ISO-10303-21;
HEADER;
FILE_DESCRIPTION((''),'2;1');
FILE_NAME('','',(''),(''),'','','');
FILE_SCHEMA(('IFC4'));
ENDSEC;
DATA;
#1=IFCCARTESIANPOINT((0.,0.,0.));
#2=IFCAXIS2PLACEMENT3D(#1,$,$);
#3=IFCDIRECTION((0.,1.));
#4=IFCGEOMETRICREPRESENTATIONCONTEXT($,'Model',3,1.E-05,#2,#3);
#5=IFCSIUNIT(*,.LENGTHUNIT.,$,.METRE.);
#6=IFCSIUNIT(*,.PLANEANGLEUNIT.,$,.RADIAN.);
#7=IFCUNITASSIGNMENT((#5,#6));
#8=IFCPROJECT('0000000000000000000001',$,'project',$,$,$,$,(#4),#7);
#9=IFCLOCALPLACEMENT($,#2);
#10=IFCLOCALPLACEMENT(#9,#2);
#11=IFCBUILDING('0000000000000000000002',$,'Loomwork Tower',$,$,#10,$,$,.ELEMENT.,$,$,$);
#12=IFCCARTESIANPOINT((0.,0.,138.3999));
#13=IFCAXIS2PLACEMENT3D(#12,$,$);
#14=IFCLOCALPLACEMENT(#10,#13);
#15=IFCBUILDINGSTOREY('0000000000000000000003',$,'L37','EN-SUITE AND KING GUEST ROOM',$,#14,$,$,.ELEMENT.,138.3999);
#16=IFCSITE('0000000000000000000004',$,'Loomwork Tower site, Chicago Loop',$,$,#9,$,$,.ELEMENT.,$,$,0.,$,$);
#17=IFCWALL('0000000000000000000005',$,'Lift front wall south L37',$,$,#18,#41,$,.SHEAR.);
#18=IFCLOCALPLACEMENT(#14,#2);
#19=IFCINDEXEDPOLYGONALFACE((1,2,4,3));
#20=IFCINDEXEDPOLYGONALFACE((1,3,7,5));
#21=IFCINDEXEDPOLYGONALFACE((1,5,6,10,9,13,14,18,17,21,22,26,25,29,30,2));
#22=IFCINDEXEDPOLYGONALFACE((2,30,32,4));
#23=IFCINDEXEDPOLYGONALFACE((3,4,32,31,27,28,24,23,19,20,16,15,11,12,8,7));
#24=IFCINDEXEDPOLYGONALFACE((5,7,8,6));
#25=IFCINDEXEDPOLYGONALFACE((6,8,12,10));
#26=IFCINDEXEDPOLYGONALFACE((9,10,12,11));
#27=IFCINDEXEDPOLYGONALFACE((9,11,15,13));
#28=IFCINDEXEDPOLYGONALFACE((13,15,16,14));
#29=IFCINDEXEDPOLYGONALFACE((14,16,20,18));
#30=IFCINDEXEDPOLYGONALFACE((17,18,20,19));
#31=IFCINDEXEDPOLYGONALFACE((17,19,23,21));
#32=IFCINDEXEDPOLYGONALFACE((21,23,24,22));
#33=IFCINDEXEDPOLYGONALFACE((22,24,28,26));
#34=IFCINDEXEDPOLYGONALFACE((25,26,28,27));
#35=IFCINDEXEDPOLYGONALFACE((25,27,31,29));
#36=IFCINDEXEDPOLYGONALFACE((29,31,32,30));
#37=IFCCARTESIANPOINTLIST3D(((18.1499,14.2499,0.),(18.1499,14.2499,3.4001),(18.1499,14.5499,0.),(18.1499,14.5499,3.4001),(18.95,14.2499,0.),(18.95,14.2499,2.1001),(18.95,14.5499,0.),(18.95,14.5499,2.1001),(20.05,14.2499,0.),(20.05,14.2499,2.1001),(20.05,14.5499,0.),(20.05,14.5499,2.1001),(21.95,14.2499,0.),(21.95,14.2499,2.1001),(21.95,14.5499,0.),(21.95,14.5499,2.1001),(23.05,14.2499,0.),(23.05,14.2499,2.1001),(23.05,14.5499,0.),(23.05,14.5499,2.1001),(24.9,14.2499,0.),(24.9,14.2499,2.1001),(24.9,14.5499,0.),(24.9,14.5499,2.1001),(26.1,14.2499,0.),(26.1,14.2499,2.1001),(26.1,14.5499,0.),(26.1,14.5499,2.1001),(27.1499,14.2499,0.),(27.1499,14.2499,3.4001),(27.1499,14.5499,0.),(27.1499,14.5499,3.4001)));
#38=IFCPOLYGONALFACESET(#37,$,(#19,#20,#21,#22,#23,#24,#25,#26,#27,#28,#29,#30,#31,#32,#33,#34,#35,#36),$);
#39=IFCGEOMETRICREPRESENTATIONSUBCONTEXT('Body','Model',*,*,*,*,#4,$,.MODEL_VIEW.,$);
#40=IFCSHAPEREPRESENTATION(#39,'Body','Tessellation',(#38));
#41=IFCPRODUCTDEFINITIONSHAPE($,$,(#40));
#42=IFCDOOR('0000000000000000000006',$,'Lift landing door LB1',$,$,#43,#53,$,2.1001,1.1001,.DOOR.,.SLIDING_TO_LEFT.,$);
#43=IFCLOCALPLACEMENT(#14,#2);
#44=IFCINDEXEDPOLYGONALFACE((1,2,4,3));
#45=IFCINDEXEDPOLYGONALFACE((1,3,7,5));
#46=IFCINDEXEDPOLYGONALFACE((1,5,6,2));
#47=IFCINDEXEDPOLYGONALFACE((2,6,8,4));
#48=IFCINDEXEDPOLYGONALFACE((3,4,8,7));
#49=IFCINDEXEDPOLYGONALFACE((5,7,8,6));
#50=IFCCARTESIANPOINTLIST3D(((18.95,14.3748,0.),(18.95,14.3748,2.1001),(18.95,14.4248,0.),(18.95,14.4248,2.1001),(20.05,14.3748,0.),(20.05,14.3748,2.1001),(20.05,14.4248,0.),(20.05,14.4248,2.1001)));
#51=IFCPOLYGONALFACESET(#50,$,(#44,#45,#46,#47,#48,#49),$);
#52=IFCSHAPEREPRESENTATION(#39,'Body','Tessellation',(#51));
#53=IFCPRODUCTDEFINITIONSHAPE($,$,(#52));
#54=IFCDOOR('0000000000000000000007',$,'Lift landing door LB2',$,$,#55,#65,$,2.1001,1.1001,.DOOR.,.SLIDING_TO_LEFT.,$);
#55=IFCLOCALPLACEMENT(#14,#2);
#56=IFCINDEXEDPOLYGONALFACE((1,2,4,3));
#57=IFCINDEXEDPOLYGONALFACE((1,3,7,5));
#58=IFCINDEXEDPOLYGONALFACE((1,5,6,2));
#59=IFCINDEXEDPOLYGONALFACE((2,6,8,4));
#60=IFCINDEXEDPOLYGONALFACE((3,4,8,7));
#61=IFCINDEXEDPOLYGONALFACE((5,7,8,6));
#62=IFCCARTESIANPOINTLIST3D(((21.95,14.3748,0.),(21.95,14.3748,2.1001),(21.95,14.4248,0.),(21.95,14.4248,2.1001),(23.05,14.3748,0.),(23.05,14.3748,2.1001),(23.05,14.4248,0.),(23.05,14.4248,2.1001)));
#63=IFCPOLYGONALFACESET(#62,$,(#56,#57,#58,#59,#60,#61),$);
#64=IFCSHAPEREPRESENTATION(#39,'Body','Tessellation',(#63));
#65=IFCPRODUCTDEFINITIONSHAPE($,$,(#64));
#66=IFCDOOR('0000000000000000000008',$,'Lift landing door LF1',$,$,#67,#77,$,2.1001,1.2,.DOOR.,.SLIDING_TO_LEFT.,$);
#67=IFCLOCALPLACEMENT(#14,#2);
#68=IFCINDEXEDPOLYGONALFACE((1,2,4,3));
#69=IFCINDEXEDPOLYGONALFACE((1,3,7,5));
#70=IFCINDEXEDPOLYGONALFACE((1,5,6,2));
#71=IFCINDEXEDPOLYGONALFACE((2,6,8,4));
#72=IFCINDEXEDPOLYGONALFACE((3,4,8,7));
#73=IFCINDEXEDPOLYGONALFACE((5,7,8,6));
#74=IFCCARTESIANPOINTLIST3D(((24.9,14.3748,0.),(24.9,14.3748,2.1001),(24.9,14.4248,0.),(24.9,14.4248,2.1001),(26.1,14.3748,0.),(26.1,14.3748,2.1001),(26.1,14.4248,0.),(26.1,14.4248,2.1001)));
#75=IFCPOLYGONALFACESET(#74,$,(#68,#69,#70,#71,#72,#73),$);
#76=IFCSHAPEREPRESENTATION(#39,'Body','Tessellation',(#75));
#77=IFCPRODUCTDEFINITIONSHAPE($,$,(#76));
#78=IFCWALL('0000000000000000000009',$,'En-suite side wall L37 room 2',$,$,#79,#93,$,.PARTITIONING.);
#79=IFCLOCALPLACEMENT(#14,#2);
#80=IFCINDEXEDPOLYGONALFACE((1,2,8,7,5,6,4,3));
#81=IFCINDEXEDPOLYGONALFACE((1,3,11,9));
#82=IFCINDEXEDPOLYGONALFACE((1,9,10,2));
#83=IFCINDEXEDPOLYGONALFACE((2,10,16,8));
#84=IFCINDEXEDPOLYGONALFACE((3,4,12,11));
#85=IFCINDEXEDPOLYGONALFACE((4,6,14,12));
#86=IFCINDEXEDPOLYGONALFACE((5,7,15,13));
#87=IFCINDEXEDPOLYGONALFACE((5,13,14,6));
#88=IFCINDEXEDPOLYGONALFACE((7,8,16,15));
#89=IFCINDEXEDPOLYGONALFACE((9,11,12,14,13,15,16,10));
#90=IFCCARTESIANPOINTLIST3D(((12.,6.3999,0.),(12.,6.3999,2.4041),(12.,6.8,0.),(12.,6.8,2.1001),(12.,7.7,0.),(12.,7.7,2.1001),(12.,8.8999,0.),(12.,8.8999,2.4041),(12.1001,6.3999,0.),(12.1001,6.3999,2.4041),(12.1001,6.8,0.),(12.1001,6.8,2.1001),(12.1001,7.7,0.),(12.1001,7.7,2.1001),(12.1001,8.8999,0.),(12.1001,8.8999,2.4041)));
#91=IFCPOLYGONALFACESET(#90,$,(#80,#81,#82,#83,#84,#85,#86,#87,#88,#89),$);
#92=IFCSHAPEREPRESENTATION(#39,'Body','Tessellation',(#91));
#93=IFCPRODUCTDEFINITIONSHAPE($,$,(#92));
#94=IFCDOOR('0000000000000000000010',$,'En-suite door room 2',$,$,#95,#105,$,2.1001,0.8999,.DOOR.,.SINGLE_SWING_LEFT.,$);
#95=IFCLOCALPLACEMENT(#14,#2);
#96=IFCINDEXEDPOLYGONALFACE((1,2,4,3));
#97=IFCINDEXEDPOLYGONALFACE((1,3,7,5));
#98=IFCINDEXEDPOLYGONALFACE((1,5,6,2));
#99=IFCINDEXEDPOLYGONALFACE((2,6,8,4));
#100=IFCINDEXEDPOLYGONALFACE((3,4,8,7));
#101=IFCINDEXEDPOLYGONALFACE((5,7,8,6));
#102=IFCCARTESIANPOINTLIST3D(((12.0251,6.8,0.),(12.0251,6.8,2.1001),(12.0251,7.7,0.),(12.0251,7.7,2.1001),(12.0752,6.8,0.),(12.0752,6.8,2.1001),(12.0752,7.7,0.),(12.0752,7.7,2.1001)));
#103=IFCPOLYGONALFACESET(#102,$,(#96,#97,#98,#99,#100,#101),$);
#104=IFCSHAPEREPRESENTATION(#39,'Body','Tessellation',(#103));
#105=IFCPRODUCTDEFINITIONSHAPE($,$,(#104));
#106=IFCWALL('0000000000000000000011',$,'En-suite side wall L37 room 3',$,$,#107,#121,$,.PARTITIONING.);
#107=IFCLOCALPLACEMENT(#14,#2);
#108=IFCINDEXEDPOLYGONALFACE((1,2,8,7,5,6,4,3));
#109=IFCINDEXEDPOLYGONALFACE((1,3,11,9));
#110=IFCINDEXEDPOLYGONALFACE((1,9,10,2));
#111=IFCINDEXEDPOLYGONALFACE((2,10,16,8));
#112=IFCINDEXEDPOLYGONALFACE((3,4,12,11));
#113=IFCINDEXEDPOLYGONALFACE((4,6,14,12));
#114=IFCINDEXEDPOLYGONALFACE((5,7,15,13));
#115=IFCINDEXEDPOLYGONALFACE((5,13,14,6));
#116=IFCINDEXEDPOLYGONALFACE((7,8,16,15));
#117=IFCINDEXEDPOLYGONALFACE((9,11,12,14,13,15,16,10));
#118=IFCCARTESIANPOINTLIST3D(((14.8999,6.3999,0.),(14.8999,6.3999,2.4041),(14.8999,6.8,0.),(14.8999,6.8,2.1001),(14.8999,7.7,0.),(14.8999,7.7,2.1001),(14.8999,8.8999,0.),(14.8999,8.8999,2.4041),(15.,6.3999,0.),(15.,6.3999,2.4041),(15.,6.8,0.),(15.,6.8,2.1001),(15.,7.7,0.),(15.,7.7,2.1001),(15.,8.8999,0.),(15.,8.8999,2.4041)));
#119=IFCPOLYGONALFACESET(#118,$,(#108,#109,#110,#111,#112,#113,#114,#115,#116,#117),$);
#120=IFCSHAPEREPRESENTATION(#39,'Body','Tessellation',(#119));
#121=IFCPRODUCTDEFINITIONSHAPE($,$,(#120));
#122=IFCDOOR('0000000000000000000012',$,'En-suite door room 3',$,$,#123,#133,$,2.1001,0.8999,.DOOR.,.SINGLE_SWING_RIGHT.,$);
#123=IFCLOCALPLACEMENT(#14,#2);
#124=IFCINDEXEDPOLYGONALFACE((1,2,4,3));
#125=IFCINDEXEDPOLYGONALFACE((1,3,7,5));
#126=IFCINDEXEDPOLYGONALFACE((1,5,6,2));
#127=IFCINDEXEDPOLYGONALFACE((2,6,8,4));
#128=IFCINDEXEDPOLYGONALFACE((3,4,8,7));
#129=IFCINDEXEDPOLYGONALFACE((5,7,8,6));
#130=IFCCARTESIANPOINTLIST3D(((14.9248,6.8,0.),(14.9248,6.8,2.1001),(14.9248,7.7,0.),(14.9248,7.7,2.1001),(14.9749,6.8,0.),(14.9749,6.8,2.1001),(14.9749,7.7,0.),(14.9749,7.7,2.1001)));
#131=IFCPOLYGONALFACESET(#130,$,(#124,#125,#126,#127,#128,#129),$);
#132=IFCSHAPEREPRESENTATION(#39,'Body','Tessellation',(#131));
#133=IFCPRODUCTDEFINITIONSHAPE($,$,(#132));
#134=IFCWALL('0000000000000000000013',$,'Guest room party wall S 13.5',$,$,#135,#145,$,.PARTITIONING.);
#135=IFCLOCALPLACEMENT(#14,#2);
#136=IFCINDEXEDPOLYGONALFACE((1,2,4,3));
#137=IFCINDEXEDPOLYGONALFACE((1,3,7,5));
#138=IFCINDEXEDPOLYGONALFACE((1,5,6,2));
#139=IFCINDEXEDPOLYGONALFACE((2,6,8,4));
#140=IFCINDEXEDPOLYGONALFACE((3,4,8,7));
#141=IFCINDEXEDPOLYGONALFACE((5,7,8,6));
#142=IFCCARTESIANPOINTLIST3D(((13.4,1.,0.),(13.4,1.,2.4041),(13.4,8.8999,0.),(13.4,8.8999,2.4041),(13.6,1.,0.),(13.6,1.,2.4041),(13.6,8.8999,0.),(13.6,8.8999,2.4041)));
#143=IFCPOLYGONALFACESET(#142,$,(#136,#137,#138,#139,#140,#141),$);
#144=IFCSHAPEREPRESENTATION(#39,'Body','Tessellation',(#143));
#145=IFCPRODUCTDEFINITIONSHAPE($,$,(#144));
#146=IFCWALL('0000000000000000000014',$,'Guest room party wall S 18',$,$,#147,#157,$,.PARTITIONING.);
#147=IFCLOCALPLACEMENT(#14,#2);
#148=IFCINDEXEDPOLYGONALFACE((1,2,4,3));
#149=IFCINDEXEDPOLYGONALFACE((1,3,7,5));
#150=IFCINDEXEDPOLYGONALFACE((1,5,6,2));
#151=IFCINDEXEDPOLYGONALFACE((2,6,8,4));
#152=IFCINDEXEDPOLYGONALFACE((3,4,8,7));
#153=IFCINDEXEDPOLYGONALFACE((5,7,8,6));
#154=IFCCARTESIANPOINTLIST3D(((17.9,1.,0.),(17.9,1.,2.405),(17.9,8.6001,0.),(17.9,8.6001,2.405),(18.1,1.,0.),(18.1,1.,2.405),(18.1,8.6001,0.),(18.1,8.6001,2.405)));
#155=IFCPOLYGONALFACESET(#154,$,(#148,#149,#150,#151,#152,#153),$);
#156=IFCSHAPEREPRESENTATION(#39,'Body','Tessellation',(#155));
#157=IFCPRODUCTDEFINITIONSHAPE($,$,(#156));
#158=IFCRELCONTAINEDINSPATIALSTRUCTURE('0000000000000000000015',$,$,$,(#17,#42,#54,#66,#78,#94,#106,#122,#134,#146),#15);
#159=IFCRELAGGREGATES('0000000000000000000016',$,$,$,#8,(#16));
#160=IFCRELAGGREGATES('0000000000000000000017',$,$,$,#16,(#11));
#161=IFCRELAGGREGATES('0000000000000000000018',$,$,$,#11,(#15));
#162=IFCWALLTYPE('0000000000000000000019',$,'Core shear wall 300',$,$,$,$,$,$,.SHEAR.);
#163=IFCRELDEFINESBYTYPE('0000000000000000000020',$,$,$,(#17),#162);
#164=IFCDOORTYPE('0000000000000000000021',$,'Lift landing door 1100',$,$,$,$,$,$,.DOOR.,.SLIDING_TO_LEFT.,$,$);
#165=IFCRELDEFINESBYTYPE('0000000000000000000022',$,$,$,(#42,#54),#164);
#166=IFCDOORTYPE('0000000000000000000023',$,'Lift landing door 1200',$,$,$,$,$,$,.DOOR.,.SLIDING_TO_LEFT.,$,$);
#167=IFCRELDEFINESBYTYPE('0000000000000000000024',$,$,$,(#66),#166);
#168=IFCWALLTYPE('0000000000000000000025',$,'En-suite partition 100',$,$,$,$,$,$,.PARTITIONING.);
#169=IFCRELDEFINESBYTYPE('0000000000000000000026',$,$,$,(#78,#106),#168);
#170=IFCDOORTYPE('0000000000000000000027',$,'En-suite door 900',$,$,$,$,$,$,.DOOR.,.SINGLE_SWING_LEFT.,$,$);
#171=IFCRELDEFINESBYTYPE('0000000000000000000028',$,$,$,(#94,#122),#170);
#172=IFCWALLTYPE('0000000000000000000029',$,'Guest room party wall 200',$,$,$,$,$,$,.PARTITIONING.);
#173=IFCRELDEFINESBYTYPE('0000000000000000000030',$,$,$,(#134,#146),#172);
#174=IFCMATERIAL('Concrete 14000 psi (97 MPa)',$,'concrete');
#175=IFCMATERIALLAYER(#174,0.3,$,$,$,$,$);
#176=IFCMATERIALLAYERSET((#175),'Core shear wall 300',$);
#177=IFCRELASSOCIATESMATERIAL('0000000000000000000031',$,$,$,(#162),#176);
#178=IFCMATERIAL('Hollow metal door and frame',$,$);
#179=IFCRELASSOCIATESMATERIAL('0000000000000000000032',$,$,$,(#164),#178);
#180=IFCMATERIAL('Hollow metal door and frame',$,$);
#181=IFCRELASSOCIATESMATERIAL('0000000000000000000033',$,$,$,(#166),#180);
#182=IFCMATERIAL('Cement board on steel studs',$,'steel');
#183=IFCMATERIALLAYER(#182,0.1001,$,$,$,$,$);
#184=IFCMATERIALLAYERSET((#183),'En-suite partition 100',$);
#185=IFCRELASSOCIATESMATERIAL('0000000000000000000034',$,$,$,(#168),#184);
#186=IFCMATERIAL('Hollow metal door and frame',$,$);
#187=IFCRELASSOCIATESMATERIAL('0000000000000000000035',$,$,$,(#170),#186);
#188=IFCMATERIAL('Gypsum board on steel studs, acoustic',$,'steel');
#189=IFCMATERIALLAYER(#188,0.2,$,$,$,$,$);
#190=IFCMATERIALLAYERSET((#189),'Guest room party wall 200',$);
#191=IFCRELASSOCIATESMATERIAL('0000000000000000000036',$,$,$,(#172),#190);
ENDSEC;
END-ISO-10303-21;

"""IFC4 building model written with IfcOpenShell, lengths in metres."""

from ifc_helpers import new_model, si_unit, direction, frame, frame_2d, origin, place, context, subcontext, project, spatial, rectangle, extrude, material, layer, layer_set, type_object, element, fill, save


model = new_model("IFC4")

# Units and contexts
model_context = context("Model", 3, precision=1e-05, world=origin(), true_north=direction((0.0, 1.0)))
body_context = subcontext(model_context, "Body", "Model", "MODEL_VIEW")
ifc_project = project(units=[si_unit("LENGTHUNIT", "METRE"), si_unit("PLANEANGLEUNIT", "RADIAN")], contexts=[model_context])

# Site, building, storey
site_placement = place(None, origin())
site = spatial("IfcSite", under=ifc_project, at=site_placement, Name="Loomwork Tower site, Chicago Loop", CompositionType="ELEMENT", RefElevation=0.0)
building_placement = place(site_placement, origin())
building = spatial("IfcBuilding", under=site, at=building_placement, Name="Loomwork Tower", CompositionType="ELEMENT")
storey_placement = place(building_placement, frame((0.0, 0.0, 138.3999)))
storey = spatial("IfcBuildingStorey", under=building, at=storey_placement, Name="L37", Description="EN-SUITE AND KING GUEST ROOM", CompositionType="ELEMENT", Elevation=138.3999)

# Shared definitions
ifc_material_1 = material(Name="Concrete 14000 psi (97 MPa)", Category="concrete")
ifc_layer_1 = layer(ifc_material_1, 0.3)
ifc_layer_set_1 = layer_set([ifc_layer_1], Name="Core shear wall 300")
wall_type_1 = type_object("IfcWallType", Name="Core shear wall 300", PredefinedType="SHEAR", material=ifc_layer_set_1)

# Wall, openings, doors
wall_1_placement = place(storey_placement, frame((18.1499, 14.3999, 0.0), z_axis=(0.0, 0.0, 1.0), x_axis=(1.0, 0.0, 0.0)))
wall_1 = element("IfcWall", 1, at=wall_1_placement, inside=storey, type_object=wall_type_1, Name="Lift front wall south L37", PredefinedType="SHEAR", context=body_context, shape_type="SweptSolid", body=[
    extrude(rectangle(XDim=9.0, YDim=0.3, at=frame_2d((4.5, 0.0))), origin(), (0.0, 0.0, 1.0), 3.4001),
])
opening_1_placement = place(wall_1_placement, frame((0.8, 0.0, 0.0)))
opening_1 = element("IfcOpeningElement", 2, at=opening_1_placement, cuts=wall_1, PredefinedType="OPENING", context=body_context, shape_type="SweptSolid", body=[
    extrude(rectangle(XDim=1.1001, YDim=2.1001, at=frame_2d((0.55, 1.05))), frame((0.0, 0.1599, 0.0), z_axis=(0.0, -1.0, 0.0), x_axis=(1.0, 0.0, 0.0)), (0.0, 0.0, 1.0), 0.3201),
])
opening_2_placement = place(wall_1_placement, frame((3.8, 0.0, 0.0)))
opening_2 = element("IfcOpeningElement", 3, at=opening_2_placement, cuts=wall_1, PredefinedType="OPENING", context=body_context, shape_type="SweptSolid", body=[
    extrude(rectangle(XDim=1.1001, YDim=2.1001, at=frame_2d((0.55, 1.05))), frame((0.0, 0.1599, 0.0), z_axis=(0.0, -1.0, 0.0), x_axis=(1.0, 0.0, 0.0)), (0.0, 0.0, 1.0), 0.3201),
])
opening_3_placement = place(wall_1_placement, frame((6.75, 0.0, 0.0)))
opening_3 = element("IfcOpeningElement", 4, at=opening_3_placement, cuts=wall_1, PredefinedType="OPENING", context=body_context, shape_type="SweptSolid", body=[
    extrude(rectangle(XDim=1.2, YDim=2.1001, at=frame_2d((0.6001, 1.05))), frame((0.0, 0.1599, 0.0), z_axis=(0.0, -1.0, 0.0), x_axis=(1.0, 0.0, 0.0)), (0.0, 0.0, 1.0), 0.3201),
])
ifc_material_2 = material(Name="Hollow metal door and frame")
door_type_1 = type_object("IfcDoorType", Name="Lift landing door 1100", OperationType="SLIDING_TO_LEFT", PredefinedType="DOOR", material=ifc_material_2)
door_1_placement = place(opening_1_placement, origin())
door_1 = element("IfcDoor", 5, at=door_1_placement, inside=storey, type_object=door_type_1, Name="Lift landing door LB1", OperationType="SLIDING_TO_LEFT", OverallHeight=2.1001, OverallWidth=1.1001, PredefinedType="DOOR", context=body_context, shape_type="SweptSolid", body=[
    extrude(rectangle(XDim=1.1001, YDim=2.1001, at=frame_2d((0.55, 1.05))), frame((0.0, 0.0249, 0.0), z_axis=(0.0, -1.0, 0.0), x_axis=(1.0, 0.0, 0.0)), (0.0, 0.0, 1.0), 0.05),
])
fill(opening_1, door_1)
door_2_placement = place(opening_2_placement, origin())
door_2 = element("IfcDoor", 6, at=door_2_placement, inside=storey, type_object=door_type_1, Name="Lift landing door LB2", OperationType="SLIDING_TO_LEFT", OverallHeight=2.1001, OverallWidth=1.1001, PredefinedType="DOOR", context=body_context, shape_type="SweptSolid", body=[
    extrude(rectangle(XDim=1.1001, YDim=2.1001, at=frame_2d((0.55, 1.05))), frame((0.0, 0.0249, 0.0), z_axis=(0.0, -1.0, 0.0), x_axis=(1.0, 0.0, 0.0)), (0.0, 0.0, 1.0), 0.05),
])
fill(opening_2, door_2)
ifc_material_3 = material(Name="Hollow metal door and frame")
door_type_2 = type_object("IfcDoorType", Name="Lift landing door 1200", OperationType="SLIDING_TO_LEFT", PredefinedType="DOOR", material=ifc_material_3)
door_3_placement = place(opening_3_placement, origin())
door_3 = element("IfcDoor", 7, at=door_3_placement, inside=storey, type_object=door_type_2, Name="Lift landing door LF1", OperationType="SLIDING_TO_LEFT", OverallHeight=2.1001, OverallWidth=1.2, PredefinedType="DOOR", context=body_context, shape_type="SweptSolid", body=[
    extrude(rectangle(XDim=1.2, YDim=2.1001, at=frame_2d((0.6001, 1.05))), frame((0.0, 0.0249, 0.0), z_axis=(0.0, -1.0, 0.0), x_axis=(1.0, 0.0, 0.0)), (0.0, 0.0, 1.0), 0.05),
])
fill(opening_3, door_3)

# Walls, openings, doors
ifc_material_4 = material(Name="Cement board on steel studs", Category="steel")
ifc_layer_2 = layer(ifc_material_4, 0.1001)
ifc_layer_set_2 = layer_set([ifc_layer_2], Name="En-suite partition 100")
wall_type_2 = type_object("IfcWallType", Name="En-suite partition 100", PredefinedType="PARTITIONING", material=ifc_layer_set_2)
wall_2_placement = place(storey_placement, frame((12.05, 8.8999, 0.0), z_axis=(0.0, 0.0, 1.0), x_axis=(0.0, -1.0, 0.0)))
wall_2 = element("IfcWall", 8, at=wall_2_placement, inside=storey, type_object=wall_type_2, Name="En-suite side wall L37 room 2", PredefinedType="PARTITIONING", context=body_context, shape_type="SweptSolid", body=[
    extrude(rectangle(XDim=2.5, YDim=0.1001, at=frame_2d((1.25, 0.0))), origin(), (0.0, 0.0, 1.0), 2.4041),
])
opening_4_placement = place(wall_2_placement, frame((1.2, 0.0, 0.0)))
opening_4 = element("IfcOpeningElement", 9, at=opening_4_placement, cuts=wall_2, PredefinedType="OPENING", context=body_context, shape_type="SweptSolid", body=[
    extrude(rectangle(XDim=0.8999, YDim=2.1001, at=frame_2d((0.45, 1.05))), frame((0.0, 0.0601, 0.0), z_axis=(0.0, -1.0, 0.0), x_axis=(1.0, 0.0, 0.0)), (0.0, 0.0, 1.0), 0.1201),
])
ifc_material_5 = material(Name="Hollow metal door and frame")
door_type_3 = type_object("IfcDoorType", Name="En-suite door 900", OperationType="SINGLE_SWING_LEFT", PredefinedType="DOOR", material=ifc_material_5)
door_4_placement = place(opening_4_placement, frame((0.8999, 0.0, 0.0), z_axis=(0.0, 0.0, 1.0), x_axis=(-1.0, 0.0, 0.0)))
door_4 = element("IfcDoor", 10, at=door_4_placement, inside=storey, type_object=door_type_3, Name="En-suite door room 2", OperationType="SINGLE_SWING_LEFT", OverallHeight=2.1001, OverallWidth=0.8999, PredefinedType="DOOR", context=body_context, shape_type="SweptSolid", body=[
    extrude(rectangle(XDim=0.8999, YDim=2.1001, at=frame_2d((0.45, 1.05))), frame((0.0, 0.0249, 0.0), z_axis=(0.0, -1.0, 0.0), x_axis=(1.0, 0.0, 0.0)), (0.0, 0.0, 1.0), 0.05),
])
fill(opening_4, door_4)
wall_3_placement = place(storey_placement, frame((14.95, 8.8999, 0.0), z_axis=(0.0, 0.0, 1.0), x_axis=(0.0, -1.0, 0.0)))
wall_3 = element("IfcWall", 11, at=wall_3_placement, inside=storey, type_object=wall_type_2, Name="En-suite side wall L37 room 3", PredefinedType="PARTITIONING", context=body_context, shape_type="SweptSolid", body=[
    extrude(rectangle(XDim=2.5, YDim=0.1001, at=frame_2d((1.25, 0.0))), origin(), (0.0, 0.0, 1.0), 2.4041),
])
opening_5_placement = place(wall_3_placement, frame((1.2, 0.0, 0.0)))
opening_5 = element("IfcOpeningElement", 12, at=opening_5_placement, cuts=wall_3, PredefinedType="OPENING", context=body_context, shape_type="SweptSolid", body=[
    extrude(rectangle(XDim=0.8999, YDim=2.1001, at=frame_2d((0.45, 1.05))), frame((0.0, 0.0601, 0.0), z_axis=(0.0, -1.0, 0.0), x_axis=(1.0, 0.0, 0.0)), (0.0, 0.0, 1.0), 0.1201),
])
door_5_placement = place(opening_5_placement, origin())
door_5 = element("IfcDoor", 13, at=door_5_placement, inside=storey, type_object=door_type_3, Name="En-suite door room 3", OperationType="SINGLE_SWING_RIGHT", OverallHeight=2.1001, OverallWidth=0.8999, PredefinedType="DOOR", context=body_context, shape_type="SweptSolid", body=[
    extrude(rectangle(XDim=0.8999, YDim=2.1001, at=frame_2d((0.45, 1.05))), frame((0.0, 0.0249, 0.0), z_axis=(0.0, -1.0, 0.0), x_axis=(1.0, 0.0, 0.0)), (0.0, 0.0, 1.0), 0.05),
])
fill(opening_5, door_5)

# Walls
ifc_material_6 = material(Name="Gypsum board on steel studs, acoustic", Category="steel")
ifc_layer_3 = layer(ifc_material_6, 0.2)
ifc_layer_set_3 = layer_set([ifc_layer_3], Name="Guest room party wall 200")
wall_type_3 = type_object("IfcWallType", Name="Guest room party wall 200", PredefinedType="PARTITIONING", material=ifc_layer_set_3)
wall_4_placement = place(storey_placement, frame((13.5, 8.8999, 0.0), z_axis=(0.0, 0.0, 1.0), x_axis=(0.0, -1.0, 0.0)))
element("IfcWall", 14, at=wall_4_placement, inside=storey, type_object=wall_type_3, Name="Guest room party wall S 13.5", PredefinedType="PARTITIONING", context=body_context, shape_type="SweptSolid", body=[
    extrude(rectangle(XDim=7.8999, YDim=0.2, at=frame_2d((3.95, 0.0))), origin(), (0.0, 0.0, 1.0), 2.4041),
])
wall_5_placement = place(storey_placement, frame((18.0, 8.6001, 0.0), z_axis=(0.0, 0.0, 1.0), x_axis=(0.0, -1.0, 0.0)))
element("IfcWall", 15, at=wall_5_placement, inside=storey, type_object=wall_type_3, Name="Guest room party wall S 18", PredefinedType="PARTITIONING", context=body_context, shape_type="SweptSolid", body=[
    extrude(rectangle(XDim=7.6001, YDim=0.2, at=frame_2d((3.8, 0.0))), origin(), (0.0, 0.0, 1.0), 2.405),
])

save(model, "model.ifc")
